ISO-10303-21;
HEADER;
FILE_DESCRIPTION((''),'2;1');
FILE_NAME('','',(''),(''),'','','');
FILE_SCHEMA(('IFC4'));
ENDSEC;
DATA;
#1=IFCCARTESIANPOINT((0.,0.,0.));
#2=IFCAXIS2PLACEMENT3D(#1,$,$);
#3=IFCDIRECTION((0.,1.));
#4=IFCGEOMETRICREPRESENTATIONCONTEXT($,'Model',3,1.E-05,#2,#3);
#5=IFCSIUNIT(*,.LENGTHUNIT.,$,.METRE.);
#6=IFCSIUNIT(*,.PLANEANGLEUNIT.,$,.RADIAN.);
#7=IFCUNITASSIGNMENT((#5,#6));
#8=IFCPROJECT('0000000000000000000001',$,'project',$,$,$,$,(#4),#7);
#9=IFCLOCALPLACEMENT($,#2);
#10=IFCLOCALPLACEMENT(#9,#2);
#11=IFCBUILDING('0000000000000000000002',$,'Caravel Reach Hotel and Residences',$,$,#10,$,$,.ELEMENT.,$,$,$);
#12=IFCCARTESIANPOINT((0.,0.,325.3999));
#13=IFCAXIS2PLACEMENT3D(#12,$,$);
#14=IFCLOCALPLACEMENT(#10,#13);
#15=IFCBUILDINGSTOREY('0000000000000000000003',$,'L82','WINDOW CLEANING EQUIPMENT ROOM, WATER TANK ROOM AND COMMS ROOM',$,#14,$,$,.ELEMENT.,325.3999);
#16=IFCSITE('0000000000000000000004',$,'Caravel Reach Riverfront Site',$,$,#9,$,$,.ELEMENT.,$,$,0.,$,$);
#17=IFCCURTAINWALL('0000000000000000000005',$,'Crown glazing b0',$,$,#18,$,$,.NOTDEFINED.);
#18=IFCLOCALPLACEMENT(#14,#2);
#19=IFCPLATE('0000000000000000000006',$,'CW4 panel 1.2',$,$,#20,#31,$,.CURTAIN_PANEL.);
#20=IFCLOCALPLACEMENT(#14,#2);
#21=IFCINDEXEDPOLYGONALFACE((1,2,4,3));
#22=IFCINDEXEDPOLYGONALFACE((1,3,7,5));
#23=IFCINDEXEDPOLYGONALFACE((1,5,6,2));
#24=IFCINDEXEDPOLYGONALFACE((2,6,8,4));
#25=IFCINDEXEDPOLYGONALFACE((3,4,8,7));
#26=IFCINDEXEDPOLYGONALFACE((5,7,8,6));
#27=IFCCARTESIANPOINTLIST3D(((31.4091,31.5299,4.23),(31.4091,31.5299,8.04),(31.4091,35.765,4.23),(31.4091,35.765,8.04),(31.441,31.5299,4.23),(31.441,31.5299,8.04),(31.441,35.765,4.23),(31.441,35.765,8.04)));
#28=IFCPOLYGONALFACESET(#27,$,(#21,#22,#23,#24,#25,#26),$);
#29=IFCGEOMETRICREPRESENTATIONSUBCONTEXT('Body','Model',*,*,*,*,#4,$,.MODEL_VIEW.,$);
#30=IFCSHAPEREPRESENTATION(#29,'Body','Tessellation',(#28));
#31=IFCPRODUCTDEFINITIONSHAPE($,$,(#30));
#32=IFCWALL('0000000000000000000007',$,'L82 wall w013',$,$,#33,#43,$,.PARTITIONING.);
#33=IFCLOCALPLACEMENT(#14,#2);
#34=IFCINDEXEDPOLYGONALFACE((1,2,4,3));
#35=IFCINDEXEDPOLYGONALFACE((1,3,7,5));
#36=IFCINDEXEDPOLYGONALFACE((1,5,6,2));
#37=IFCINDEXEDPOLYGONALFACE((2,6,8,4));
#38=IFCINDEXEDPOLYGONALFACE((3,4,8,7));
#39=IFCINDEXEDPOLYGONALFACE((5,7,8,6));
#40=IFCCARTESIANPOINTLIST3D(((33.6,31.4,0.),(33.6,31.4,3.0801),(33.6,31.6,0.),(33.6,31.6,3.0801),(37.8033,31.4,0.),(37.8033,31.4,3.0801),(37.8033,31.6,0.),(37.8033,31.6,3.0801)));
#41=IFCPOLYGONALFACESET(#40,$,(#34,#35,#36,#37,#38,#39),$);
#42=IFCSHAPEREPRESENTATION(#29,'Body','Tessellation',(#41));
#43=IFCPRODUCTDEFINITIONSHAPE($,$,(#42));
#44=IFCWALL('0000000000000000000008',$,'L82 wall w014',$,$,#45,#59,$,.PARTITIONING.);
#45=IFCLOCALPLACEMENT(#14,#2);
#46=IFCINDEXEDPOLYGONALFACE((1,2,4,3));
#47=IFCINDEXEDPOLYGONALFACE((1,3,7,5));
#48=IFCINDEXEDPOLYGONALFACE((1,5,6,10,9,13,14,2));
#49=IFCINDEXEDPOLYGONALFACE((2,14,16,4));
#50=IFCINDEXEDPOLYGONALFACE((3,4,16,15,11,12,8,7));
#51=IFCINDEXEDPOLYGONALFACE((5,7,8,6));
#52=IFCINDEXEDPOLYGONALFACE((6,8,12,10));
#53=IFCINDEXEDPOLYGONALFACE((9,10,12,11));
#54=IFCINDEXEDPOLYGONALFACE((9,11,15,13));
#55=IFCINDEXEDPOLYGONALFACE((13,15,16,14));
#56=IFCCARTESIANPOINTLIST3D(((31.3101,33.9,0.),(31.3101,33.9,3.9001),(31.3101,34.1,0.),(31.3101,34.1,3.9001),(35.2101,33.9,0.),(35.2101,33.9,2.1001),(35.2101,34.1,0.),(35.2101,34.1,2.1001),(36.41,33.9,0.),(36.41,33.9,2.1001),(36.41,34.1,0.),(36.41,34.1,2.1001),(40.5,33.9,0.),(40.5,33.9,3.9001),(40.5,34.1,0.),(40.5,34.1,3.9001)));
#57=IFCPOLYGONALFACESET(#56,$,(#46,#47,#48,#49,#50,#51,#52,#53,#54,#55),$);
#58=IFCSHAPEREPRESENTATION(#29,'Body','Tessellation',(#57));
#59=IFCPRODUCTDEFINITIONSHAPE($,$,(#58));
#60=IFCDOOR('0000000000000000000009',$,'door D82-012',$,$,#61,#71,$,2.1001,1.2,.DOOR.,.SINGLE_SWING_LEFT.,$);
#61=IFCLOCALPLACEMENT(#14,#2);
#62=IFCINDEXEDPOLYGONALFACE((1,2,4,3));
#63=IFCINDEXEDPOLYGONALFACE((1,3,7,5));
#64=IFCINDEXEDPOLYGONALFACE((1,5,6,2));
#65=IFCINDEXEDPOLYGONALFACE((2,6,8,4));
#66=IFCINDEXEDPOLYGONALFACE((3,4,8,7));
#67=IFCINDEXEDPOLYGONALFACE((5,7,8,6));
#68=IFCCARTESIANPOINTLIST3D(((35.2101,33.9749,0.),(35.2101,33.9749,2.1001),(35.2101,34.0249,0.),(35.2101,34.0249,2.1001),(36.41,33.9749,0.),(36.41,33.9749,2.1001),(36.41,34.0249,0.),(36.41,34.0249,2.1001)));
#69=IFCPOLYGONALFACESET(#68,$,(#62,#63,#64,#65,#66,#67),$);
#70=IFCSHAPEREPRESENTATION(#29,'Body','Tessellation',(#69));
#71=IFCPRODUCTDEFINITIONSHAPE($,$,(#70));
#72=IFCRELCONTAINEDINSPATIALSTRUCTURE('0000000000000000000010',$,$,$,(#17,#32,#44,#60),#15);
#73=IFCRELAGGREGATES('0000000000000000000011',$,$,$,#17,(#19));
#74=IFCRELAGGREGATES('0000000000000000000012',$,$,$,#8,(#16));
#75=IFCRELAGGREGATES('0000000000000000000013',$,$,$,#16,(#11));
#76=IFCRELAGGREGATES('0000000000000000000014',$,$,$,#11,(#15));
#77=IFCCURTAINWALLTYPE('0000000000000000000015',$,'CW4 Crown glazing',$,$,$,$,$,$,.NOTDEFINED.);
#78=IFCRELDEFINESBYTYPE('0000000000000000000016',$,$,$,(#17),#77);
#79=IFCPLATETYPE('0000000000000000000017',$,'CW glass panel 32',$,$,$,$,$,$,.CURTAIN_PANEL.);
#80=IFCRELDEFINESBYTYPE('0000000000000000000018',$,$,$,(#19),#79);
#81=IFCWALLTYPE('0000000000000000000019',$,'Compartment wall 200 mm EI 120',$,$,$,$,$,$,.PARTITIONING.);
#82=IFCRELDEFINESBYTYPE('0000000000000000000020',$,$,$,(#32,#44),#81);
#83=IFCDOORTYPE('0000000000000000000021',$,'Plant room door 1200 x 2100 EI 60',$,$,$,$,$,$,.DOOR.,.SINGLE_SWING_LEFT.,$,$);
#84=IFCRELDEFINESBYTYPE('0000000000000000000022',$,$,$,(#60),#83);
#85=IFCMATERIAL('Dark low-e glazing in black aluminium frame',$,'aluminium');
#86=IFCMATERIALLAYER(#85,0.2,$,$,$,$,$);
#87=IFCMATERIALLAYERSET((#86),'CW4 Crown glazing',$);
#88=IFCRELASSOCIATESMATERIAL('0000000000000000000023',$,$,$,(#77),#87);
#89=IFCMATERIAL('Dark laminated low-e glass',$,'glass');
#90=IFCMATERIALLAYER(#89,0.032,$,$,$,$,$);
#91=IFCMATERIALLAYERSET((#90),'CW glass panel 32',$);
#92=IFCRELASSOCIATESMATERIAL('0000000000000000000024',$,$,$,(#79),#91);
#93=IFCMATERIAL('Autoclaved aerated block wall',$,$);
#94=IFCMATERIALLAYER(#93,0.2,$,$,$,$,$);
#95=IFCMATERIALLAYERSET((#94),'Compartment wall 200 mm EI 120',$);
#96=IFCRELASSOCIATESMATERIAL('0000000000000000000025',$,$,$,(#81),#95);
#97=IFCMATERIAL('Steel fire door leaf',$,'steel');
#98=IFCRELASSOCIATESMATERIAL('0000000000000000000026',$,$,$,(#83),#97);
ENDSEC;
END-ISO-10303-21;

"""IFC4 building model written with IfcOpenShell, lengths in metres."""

from ifc_helpers import new_model, si_unit, direction, frame, frame_2d, origin, origin_2d, place, context, subcontext, project, spatial, rectangle, extrude, material, layer, layer_set, type_object, element, fill, aggregate, save


model = new_model("IFC4")

# Units and contexts
model_context = context("Model", 3, precision=1e-05, world=origin(), true_north=direction((0.0, 1.0)))
body_context = subcontext(model_context, "Body", "Model", "MODEL_VIEW")
ifc_project = project(units=[si_unit("LENGTHUNIT", "METRE"), si_unit("PLANEANGLEUNIT", "RADIAN")], contexts=[model_context])

# Site, building, storey
site_placement = place(None, origin())
site = spatial("IfcSite", under=ifc_project, at=site_placement, Name="Caravel Reach Riverfront Site", CompositionType="ELEMENT", RefElevation=0.0)
building_placement = place(site_placement, origin())
building = spatial("IfcBuilding", under=site, at=building_placement, Name="Caravel Reach Hotel and Residences", CompositionType="ELEMENT")
storey_placement = place(building_placement, frame((0.0, 0.0, 325.3999)))
storey = spatial("IfcBuildingStorey", under=building, at=storey_placement, Name="L82", Description="WINDOW CLEANING EQUIPMENT ROOM, WATER TANK ROOM AND COMMS ROOM", CompositionType="ELEMENT", Elevation=325.3999)

# Curtain wall
ifc_material_1 = material(Name="Dark low-e glazing in black aluminium frame", Category="aluminium")
ifc_layer_1 = layer(ifc_material_1, 0.2)
ifc_layer_set_1 = layer_set([ifc_layer_1], Name="CW4 Crown glazing")
curtain_wall_type = type_object("IfcCurtainWallType", Name="CW4 Crown glazing", PredefinedType="NOTDEFINED", material=ifc_layer_set_1)
curtain_wall_1_placement = place(storey_placement, origin())
curtain_wall_1 = element("IfcCurtainWall", 1, at=curtain_wall_1_placement, inside=storey, type_object=curtain_wall_type, Name="Crown glazing b0", PredefinedType="NOTDEFINED")

# Plate
ifc_material_2 = material(Name="Dark laminated low-e glass", Category="glass")
ifc_layer_2 = layer(ifc_material_2, 0.032)
ifc_layer_set_2 = layer_set([ifc_layer_2], Name="CW glass panel 32")
plate_type = type_object("IfcPlateType", Name="CW glass panel 32", PredefinedType="CURTAIN_PANEL", material=ifc_layer_set_2)
plate_1_placement = place(storey_placement, frame((31.425, 33.6475, 4.23), z_axis=(0.0, 0.0, 1.0), x_axis=(0.0, -1.0, 0.0)))
plate_1 = element("IfcPlate", 2, at=plate_1_placement, type_object=plate_type, Name="CW4 panel 1.2", PredefinedType="CURTAIN_PANEL", context=body_context, shape_type="SweptSolid", body=[
    extrude(rectangle(XDim=4.2351, YDim=0.032, at=origin_2d()), origin(), (0.0, 0.0, 1.0), 3.8101),
])
aggregate(curtain_wall_1, [plate_1])

# Wall
ifc_material_3 = material(Name="Autoclaved aerated block wall")
ifc_layer_3 = layer(ifc_material_3, 0.2)
ifc_layer_set_3 = layer_set([ifc_layer_3], Name="Compartment wall 200 mm EI 120")
wall_type = type_object("IfcWallType", Name="Compartment wall 200 mm EI 120", PredefinedType="PARTITIONING", material=ifc_layer_set_3)
wall_1_placement = place(storey_placement, frame((33.6001, 31.5, 0.0), z_axis=(0.0, 0.0, 1.0), x_axis=(1.0, 0.0, 0.0)))
element("IfcWall", 3, at=wall_1_placement, inside=storey, type_object=wall_type, Name="L82 wall w013", PredefinedType="PARTITIONING", context=body_context, shape_type="SweptSolid", body=[
    extrude(rectangle(XDim=4.2034, YDim=0.2, at=frame_2d((2.1016, 0.0))), origin(), (0.0, 0.0, 1.0), 3.0801),
])

# Wall, opening, door
wall_2_placement = place(storey_placement, frame((31.3101, 34.0, 0.0), z_axis=(0.0, 0.0, 1.0), x_axis=(1.0, 0.0, 0.0)))
wall_2 = element("IfcWall", 4, at=wall_2_placement, inside=storey, type_object=wall_type, Name="L82 wall w014", PredefinedType="PARTITIONING", context=body_context, shape_type="SweptSolid", body=[
    extrude(rectangle(XDim=9.1899, YDim=0.2, at=frame_2d((4.595, 0.0))), origin(), (0.0, 0.0, 1.0), 3.9001),
])
opening_placement = place(wall_2_placement, frame((3.8999, 0.0, 0.0)))
opening = element("IfcOpeningElement", 5, at=opening_placement, cuts=wall_2, PredefinedType="OPENING", context=body_context, shape_type="SweptSolid", body=[
    extrude(rectangle(XDim=1.2, YDim=2.1001, at=frame_2d((0.6001, 1.05))), frame((0.0, 0.1099, 0.0), z_axis=(0.0, -1.0, 0.0), x_axis=(1.0, 0.0, 0.0)), (0.0, 0.0, 1.0), 0.22),
])
ifc_material_4 = material(Name="Steel fire door leaf", Category="steel")
door_type = type_object("IfcDoorType", Name="Plant room door 1200 x 2100 EI 60", OperationType="SINGLE_SWING_LEFT", PredefinedType="DOOR", material=ifc_material_4)
door_placement = place(opening_placement, origin())
door = element("IfcDoor", 6, at=door_placement, inside=storey, type_object=door_type, Name="door D82-012", OperationType="SINGLE_SWING_LEFT", OverallHeight=2.1001, OverallWidth=1.2, PredefinedType="DOOR", context=body_context, shape_type="SweptSolid", body=[
    extrude(rectangle(XDim=1.2, YDim=2.1001, at=frame_2d((0.6001, 1.05))), frame((0.0, 0.0249, 0.0), z_axis=(0.0, -1.0, 0.0), x_axis=(1.0, 0.0, 0.0)), (0.0, 0.0, 1.0), 0.05),
])
fill(opening, door)

save(model, "model.ifc")
